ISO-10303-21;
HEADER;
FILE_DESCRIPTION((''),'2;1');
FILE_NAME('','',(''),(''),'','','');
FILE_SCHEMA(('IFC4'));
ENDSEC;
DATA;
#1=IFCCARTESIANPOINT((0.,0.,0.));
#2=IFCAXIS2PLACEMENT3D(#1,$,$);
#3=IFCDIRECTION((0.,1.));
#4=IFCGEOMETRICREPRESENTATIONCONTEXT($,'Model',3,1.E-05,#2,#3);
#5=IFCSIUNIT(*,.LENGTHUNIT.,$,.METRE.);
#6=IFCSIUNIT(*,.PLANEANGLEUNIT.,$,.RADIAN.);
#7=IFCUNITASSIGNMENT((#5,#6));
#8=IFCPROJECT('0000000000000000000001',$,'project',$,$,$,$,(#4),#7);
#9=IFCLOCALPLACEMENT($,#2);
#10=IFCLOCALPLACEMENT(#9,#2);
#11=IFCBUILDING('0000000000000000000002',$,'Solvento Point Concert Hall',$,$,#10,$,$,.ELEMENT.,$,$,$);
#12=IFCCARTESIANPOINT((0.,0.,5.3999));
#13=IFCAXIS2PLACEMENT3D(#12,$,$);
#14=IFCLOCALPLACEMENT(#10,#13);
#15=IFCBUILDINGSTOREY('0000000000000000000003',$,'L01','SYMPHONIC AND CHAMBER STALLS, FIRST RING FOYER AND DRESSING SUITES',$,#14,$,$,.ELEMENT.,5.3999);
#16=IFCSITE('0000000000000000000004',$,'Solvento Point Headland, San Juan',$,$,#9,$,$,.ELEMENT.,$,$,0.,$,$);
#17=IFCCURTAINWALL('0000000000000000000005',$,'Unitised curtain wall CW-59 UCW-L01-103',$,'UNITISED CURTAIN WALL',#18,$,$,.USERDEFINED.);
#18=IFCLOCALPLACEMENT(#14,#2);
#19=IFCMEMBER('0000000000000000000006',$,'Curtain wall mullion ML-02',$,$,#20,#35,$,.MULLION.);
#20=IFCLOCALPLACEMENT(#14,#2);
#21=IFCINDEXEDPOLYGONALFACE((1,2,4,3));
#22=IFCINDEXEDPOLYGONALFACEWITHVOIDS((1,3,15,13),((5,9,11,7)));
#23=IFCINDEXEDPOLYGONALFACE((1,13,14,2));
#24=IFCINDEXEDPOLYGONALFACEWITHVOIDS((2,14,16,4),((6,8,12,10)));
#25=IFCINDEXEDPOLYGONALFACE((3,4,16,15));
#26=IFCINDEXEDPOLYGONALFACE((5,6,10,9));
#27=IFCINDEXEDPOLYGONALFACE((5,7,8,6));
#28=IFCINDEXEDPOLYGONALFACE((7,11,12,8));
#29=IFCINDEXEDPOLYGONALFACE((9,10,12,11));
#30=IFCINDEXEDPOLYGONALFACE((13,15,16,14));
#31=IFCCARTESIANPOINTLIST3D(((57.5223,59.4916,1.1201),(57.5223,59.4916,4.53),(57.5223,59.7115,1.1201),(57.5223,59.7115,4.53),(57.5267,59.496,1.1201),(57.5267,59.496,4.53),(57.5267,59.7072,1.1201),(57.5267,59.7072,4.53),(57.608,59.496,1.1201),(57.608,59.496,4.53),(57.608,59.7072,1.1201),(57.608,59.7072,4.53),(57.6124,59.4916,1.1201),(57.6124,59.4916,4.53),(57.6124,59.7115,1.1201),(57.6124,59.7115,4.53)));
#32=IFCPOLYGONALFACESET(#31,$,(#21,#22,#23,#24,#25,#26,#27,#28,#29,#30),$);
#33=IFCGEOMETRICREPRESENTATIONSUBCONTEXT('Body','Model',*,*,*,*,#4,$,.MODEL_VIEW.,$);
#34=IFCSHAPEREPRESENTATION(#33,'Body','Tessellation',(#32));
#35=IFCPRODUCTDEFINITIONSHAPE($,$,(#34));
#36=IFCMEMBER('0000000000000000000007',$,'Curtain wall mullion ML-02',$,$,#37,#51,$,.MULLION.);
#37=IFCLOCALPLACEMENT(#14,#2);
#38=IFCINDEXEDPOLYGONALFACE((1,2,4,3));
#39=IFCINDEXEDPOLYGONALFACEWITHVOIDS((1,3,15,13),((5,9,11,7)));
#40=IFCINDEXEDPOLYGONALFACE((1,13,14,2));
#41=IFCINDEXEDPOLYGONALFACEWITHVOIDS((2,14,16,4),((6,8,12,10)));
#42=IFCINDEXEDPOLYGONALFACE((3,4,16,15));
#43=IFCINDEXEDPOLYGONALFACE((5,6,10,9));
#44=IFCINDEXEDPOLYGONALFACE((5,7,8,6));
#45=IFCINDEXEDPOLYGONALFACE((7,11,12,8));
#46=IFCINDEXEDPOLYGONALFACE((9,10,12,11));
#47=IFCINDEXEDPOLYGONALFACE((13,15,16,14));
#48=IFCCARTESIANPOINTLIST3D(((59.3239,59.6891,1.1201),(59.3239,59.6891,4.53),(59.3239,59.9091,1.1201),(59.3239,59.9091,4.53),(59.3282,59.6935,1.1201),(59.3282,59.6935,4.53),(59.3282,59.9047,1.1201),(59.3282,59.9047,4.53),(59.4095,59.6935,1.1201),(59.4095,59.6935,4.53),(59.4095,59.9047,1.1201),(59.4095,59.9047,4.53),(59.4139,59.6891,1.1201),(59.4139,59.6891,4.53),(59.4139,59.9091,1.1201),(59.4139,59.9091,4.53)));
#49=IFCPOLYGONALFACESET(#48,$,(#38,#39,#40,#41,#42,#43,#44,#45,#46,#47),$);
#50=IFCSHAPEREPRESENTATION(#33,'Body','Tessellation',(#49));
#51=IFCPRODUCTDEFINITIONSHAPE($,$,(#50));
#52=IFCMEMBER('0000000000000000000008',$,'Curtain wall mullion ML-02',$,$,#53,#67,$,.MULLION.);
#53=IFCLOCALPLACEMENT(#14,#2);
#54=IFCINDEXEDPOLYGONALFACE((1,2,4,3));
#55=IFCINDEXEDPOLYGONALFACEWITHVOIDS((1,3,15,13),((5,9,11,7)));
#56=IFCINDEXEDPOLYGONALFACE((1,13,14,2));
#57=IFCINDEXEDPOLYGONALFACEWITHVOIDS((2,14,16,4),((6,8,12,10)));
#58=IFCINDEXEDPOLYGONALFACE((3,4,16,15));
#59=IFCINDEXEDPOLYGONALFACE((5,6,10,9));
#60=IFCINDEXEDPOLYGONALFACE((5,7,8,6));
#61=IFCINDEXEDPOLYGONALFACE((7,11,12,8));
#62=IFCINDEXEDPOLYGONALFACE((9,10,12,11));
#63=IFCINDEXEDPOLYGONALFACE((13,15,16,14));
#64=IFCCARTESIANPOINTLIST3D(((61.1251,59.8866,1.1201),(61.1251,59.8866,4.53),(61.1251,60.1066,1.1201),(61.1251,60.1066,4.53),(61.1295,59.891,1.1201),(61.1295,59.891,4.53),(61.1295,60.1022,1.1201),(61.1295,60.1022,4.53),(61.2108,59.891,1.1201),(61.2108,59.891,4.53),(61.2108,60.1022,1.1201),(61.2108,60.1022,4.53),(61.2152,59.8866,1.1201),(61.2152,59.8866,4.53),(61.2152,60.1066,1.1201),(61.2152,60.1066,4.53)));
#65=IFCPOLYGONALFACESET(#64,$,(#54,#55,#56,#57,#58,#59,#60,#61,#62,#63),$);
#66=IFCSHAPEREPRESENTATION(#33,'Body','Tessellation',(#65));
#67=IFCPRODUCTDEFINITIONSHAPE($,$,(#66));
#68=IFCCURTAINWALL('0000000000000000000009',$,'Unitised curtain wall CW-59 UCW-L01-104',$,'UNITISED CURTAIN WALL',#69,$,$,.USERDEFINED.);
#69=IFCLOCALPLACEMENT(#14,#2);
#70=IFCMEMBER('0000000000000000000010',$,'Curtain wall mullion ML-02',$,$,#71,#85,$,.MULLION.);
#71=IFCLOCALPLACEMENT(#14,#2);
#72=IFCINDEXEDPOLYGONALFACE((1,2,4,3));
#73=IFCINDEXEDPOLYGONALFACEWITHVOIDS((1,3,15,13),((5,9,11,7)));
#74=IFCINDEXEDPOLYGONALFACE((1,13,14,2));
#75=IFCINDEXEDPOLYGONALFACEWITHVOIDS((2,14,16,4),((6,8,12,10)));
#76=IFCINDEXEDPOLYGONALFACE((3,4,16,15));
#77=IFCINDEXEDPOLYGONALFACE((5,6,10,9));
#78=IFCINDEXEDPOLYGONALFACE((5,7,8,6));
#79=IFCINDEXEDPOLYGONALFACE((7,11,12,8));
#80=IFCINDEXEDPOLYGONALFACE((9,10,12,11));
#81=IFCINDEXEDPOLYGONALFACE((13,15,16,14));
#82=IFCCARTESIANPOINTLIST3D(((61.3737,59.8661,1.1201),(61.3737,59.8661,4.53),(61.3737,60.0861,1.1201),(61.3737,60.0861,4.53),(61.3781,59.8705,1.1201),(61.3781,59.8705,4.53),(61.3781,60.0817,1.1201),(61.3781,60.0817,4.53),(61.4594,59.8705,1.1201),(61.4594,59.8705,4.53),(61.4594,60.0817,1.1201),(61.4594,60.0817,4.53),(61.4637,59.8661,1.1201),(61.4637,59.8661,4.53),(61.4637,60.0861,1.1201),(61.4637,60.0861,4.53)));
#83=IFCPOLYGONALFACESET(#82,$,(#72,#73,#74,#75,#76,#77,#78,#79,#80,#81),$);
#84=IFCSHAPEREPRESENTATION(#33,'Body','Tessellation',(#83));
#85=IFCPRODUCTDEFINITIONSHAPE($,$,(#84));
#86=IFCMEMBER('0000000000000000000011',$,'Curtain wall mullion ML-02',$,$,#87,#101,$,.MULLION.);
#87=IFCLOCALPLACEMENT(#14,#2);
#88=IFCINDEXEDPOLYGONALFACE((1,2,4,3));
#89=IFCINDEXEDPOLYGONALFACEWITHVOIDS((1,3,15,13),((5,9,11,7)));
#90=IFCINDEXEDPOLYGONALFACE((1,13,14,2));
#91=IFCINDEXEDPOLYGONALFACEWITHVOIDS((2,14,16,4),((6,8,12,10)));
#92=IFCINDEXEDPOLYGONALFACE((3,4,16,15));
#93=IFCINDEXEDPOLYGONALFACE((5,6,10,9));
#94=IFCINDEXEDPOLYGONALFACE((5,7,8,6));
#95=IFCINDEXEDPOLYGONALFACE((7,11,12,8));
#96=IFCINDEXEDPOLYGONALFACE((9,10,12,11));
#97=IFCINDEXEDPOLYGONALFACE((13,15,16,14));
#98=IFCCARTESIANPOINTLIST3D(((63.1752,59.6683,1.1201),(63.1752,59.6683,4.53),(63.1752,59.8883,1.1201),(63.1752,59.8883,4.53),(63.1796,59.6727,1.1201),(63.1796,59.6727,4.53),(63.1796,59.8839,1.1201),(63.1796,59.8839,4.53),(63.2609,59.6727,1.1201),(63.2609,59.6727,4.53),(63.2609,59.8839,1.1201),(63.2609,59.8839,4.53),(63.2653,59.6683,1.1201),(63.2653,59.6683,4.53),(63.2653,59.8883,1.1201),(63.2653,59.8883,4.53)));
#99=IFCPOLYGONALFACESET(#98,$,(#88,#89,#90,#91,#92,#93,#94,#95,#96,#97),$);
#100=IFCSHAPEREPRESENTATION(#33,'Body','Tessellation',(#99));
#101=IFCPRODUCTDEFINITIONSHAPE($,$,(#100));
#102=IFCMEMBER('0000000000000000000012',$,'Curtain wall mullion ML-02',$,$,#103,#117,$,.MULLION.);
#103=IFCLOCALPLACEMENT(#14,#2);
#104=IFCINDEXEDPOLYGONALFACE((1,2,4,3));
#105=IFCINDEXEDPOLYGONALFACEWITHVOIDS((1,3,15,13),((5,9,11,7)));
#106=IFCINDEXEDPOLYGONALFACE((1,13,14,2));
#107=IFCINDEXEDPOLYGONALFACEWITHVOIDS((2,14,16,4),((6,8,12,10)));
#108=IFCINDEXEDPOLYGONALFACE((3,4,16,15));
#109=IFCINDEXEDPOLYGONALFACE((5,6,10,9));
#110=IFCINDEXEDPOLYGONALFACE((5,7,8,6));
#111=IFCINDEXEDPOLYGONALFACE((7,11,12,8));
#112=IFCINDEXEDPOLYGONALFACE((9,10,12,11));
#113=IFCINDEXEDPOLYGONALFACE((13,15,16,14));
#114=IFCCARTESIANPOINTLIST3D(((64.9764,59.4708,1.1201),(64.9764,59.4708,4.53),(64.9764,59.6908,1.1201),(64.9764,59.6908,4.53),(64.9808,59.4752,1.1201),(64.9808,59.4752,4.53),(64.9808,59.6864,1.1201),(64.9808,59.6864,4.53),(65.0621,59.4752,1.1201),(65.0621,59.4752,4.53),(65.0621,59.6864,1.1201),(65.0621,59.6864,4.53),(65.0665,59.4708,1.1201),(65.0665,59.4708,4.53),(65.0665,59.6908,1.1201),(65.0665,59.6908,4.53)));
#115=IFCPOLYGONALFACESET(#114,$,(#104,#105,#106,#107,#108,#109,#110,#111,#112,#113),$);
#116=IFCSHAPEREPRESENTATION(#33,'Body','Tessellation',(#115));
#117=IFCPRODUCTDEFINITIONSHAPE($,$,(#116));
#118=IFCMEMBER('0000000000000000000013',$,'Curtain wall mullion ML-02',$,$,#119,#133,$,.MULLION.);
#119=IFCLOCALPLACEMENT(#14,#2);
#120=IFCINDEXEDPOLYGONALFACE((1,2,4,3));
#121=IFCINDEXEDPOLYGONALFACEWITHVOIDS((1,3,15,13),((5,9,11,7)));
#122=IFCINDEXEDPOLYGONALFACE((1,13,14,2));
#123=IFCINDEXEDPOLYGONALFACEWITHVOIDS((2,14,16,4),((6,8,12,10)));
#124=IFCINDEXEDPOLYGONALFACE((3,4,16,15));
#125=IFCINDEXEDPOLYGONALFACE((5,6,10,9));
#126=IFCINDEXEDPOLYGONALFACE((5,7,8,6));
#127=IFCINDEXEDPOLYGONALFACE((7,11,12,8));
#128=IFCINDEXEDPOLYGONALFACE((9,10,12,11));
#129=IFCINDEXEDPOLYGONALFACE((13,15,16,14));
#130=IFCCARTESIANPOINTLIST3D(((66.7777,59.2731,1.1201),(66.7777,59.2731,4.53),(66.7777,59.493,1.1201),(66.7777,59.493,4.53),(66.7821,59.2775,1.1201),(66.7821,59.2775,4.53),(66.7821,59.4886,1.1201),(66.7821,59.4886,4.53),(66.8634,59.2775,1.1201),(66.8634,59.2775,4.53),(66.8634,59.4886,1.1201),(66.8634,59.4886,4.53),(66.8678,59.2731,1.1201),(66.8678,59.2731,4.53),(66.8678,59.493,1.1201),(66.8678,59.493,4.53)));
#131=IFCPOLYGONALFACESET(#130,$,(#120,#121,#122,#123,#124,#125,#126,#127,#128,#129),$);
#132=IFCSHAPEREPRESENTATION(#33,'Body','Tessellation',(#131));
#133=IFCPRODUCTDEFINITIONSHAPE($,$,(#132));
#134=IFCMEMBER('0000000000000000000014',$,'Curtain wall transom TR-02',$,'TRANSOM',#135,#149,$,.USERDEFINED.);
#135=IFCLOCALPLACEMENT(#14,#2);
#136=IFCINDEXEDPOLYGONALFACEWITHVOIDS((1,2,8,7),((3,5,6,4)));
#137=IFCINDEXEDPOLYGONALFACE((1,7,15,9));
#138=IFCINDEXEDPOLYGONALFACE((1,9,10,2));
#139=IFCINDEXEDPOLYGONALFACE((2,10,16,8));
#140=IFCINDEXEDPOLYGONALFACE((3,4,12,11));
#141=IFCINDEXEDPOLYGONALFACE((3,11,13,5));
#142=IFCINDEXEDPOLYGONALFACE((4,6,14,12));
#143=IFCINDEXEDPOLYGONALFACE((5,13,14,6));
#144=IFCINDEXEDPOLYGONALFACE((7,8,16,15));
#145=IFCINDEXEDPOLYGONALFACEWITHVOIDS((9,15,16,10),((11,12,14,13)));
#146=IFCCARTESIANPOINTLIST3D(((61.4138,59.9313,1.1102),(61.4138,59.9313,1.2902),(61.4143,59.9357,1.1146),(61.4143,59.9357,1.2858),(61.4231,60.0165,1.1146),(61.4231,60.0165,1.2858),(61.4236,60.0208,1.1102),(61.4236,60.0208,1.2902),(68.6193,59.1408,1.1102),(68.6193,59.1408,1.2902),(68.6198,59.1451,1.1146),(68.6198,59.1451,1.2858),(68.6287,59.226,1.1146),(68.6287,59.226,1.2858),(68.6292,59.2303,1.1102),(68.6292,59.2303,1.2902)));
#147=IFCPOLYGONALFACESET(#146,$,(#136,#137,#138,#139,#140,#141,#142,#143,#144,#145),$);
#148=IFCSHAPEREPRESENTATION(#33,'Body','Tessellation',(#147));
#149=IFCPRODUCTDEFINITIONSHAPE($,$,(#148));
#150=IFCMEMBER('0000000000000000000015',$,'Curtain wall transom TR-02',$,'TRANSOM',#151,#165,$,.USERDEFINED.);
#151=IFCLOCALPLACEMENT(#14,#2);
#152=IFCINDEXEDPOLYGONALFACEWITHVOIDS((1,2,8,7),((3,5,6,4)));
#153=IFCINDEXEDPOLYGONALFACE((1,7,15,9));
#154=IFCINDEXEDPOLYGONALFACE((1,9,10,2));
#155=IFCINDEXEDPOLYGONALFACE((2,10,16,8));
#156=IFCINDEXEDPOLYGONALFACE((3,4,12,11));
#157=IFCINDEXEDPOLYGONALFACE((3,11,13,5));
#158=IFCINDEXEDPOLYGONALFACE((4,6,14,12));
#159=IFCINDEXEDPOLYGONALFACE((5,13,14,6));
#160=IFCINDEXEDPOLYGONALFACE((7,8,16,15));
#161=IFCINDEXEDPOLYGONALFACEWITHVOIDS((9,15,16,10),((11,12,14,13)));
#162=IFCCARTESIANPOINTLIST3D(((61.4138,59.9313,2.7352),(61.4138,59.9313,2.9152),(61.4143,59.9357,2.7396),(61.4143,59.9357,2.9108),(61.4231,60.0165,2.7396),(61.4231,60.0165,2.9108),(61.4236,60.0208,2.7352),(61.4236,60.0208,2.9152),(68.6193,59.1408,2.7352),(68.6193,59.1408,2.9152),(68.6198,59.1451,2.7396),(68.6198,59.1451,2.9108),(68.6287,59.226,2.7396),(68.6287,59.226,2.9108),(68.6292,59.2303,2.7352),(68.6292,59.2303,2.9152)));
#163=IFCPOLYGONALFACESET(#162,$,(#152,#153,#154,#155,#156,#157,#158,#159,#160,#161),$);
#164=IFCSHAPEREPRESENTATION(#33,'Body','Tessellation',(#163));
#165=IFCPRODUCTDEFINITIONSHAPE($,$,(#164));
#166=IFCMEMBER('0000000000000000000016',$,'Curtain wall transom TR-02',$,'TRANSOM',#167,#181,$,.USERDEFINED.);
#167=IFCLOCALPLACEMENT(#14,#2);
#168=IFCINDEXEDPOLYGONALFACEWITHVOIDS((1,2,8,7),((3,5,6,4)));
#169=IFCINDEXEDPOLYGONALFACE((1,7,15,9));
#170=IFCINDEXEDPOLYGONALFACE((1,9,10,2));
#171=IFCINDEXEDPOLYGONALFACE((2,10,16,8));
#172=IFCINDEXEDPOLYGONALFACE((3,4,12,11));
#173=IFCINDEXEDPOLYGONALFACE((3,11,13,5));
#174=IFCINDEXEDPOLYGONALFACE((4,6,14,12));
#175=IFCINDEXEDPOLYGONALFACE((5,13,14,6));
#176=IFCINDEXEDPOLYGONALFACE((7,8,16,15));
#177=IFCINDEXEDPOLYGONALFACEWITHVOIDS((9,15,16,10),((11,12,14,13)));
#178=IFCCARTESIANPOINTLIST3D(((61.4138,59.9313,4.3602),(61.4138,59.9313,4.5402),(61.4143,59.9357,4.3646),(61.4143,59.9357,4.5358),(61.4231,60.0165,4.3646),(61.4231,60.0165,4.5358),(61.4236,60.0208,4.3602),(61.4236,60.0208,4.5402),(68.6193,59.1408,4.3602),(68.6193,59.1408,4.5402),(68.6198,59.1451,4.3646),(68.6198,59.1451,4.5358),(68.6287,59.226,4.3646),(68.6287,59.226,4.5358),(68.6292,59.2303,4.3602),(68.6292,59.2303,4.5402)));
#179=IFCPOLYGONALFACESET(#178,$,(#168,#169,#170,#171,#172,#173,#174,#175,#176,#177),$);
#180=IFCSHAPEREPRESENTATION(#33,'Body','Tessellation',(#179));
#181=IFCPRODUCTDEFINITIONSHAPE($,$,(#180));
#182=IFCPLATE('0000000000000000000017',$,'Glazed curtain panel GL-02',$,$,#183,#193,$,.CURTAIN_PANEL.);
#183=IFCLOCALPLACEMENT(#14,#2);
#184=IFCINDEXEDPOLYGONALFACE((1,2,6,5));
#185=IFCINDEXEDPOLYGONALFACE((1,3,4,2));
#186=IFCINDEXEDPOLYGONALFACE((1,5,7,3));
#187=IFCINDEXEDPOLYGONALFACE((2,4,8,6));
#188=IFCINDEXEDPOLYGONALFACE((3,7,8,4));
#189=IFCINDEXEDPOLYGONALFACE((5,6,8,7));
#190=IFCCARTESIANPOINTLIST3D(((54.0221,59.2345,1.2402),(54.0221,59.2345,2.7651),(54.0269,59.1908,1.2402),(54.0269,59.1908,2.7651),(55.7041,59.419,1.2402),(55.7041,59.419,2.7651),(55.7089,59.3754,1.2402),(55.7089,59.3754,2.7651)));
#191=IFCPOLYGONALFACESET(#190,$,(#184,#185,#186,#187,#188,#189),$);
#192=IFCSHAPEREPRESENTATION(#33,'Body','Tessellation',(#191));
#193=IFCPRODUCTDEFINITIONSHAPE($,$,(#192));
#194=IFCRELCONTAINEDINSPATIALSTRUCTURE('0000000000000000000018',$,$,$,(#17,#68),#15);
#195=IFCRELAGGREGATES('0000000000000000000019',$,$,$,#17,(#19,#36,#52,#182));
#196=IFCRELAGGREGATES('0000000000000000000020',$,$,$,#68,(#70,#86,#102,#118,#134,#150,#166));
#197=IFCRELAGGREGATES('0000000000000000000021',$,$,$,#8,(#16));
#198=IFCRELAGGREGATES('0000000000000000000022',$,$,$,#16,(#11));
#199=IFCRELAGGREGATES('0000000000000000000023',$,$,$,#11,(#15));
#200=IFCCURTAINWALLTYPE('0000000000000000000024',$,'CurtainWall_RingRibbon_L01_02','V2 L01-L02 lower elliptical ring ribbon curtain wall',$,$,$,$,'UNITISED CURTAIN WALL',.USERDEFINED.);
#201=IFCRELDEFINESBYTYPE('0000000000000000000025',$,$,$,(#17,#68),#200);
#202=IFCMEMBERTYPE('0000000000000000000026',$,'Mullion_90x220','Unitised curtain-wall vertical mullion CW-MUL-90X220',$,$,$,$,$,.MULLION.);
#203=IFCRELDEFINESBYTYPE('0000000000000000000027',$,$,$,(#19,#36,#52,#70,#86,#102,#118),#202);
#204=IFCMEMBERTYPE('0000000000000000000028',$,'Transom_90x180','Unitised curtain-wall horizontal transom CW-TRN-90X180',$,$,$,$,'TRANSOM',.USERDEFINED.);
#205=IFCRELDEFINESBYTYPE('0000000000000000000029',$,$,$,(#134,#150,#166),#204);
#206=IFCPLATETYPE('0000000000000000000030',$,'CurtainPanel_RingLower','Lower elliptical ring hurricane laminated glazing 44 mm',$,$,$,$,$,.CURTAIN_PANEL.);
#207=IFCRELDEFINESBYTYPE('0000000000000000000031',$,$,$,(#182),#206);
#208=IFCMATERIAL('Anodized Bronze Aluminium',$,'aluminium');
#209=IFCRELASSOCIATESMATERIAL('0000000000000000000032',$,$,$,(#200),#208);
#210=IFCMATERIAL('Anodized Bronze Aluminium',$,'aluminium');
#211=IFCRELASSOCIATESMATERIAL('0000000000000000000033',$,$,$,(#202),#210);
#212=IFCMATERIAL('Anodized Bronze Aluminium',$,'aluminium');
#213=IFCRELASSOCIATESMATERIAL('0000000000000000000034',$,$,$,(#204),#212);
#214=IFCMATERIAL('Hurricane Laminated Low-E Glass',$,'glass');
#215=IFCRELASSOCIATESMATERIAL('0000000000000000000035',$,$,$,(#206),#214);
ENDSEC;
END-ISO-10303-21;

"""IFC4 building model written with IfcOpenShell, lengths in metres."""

from ifc_helpers import new_model, si_unit, direction, frame, origin, origin_2d, place, context, subcontext, project, spatial, rectangle, hollow_rectangle, extrude, material, material_profile, profile_set, type_object, element, aggregate, save


model = new_model("IFC4")

# Units and contexts
model_context = context("Model", 3, precision=1e-05, world=origin(), true_north=direction((0.0, 1.0)))
body_context = subcontext(model_context, "Body", "Model", "MODEL_VIEW")
ifc_project = project(units=[si_unit("LENGTHUNIT", "METRE"), si_unit("PLANEANGLEUNIT", "RADIAN")], contexts=[model_context])

# Site, building, storey
site_placement = place(None, origin())
site = spatial("IfcSite", under=ifc_project, at=site_placement, Name="Solvento Point Headland, San Juan", CompositionType="ELEMENT", RefElevation=0.0)
building_placement = place(site_placement, origin())
building = spatial("IfcBuilding", under=site, at=building_placement, Name="Solvento Point Concert Hall", CompositionType="ELEMENT")
storey_placement = place(building_placement, frame((0.0, 0.0, 5.3999)))
storey = spatial("IfcBuildingStorey", under=building, at=storey_placement, Name="L01", Description="SYMPHONIC AND CHAMBER STALLS, FIRST RING FOYER AND DRESSING SUITES", CompositionType="ELEMENT", Elevation=5.3999)

# Curtain walls, members
ifc_material_1 = material(Name="Anodized Bronze Aluminium", Category="aluminium")
curtain_wall_type = type_object("IfcCurtainWallType", Name="CurtainWall_RingRibbon_L01_02", Description="V2 L01-L02 lower elliptical ring ribbon curtain wall", ElementType="UNITISED CURTAIN WALL", PredefinedType="USERDEFINED", material=ifc_material_1)
curtain_wall_1_placement = place(storey_placement, origin())
curtain_wall_1 = element("IfcCurtainWall", 1, at=curtain_wall_1_placement, inside=storey, type_object=curtain_wall_type, Name="Unitised curtain wall CW-59 UCW-L01-103", ObjectType="UNITISED CURTAIN WALL", PredefinedType="USERDEFINED")
ifc_material_2 = material(Name="Anodized Bronze Aluminium", Category="aluminium")
ifc_material_profile_1 = material_profile(ifc_material_2, hollow_rectangle(XDim=0.0901, YDim=0.22, WallThickness=0.0044, at=origin_2d()), Name="CW-MUL-90X220")
ifc_profile_set_1 = profile_set([ifc_material_profile_1], Name="Anodized Bronze Aluminium")
member_type_1 = type_object("IfcMemberType", Name="Mullion_90x220", Description="Unitised curtain-wall vertical mullion CW-MUL-90X220", PredefinedType="MULLION", material=ifc_profile_set_1)
member_1_placement = place(storey_placement, frame((57.5674, 59.6016, 1.1201), z_axis=(0.0, 0.0, 1.0), x_axis=(1.0, 0.0, 0.0)))
member_1 = element("IfcMember", 2, at=member_1_placement, type_object=member_type_1, Name="Curtain wall mullion ML-02", PredefinedType="MULLION", context=body_context, shape_type="SweptSolid", body=[
    extrude(hollow_rectangle(XDim=0.0901, YDim=0.22, WallThickness=0.0044, at=origin_2d()), origin(), (0.0, 0.0, 1.0), 3.4099),
])
member_2_placement = place(storey_placement, frame((59.3689, 59.7991, 1.1201), z_axis=(0.0, 0.0, 1.0), x_axis=(1.0, 0.0, 0.0)))
member_2 = element("IfcMember", 3, at=member_2_placement, type_object=member_type_1, Name="Curtain wall mullion ML-02", PredefinedType="MULLION", context=body_context, shape_type="SweptSolid", body=[
    extrude(hollow_rectangle(XDim=0.0901, YDim=0.22, WallThickness=0.0044, at=origin_2d()), origin(), (0.0, 0.0, 1.0), 3.4099),
])
member_3_placement = place(storey_placement, frame((61.1702, 59.9966, 1.1201), z_axis=(0.0, 0.0, 1.0), x_axis=(1.0, 0.0, 0.0)))
member_3 = element("IfcMember", 4, at=member_3_placement, type_object=member_type_1, Name="Curtain wall mullion ML-02", PredefinedType="MULLION", context=body_context, shape_type="SweptSolid", body=[
    extrude(hollow_rectangle(XDim=0.0901, YDim=0.22, WallThickness=0.0044, at=origin_2d()), origin(), (0.0, 0.0, 1.0), 3.4099),
])
curtain_wall_2_placement = place(storey_placement, origin())
curtain_wall_2 = element("IfcCurtainWall", 5, at=curtain_wall_2_placement, inside=storey, type_object=curtain_wall_type, Name="Unitised curtain wall CW-59 UCW-L01-104", ObjectType="UNITISED CURTAIN WALL", PredefinedType="USERDEFINED")
member_4_placement = place(storey_placement, frame((61.4187, 59.9761, 1.1201), z_axis=(0.0, 0.0, 1.0), x_axis=(1.0, 0.0, 0.0)))
member_4 = element("IfcMember", 6, at=member_4_placement, type_object=member_type_1, Name="Curtain wall mullion ML-02", PredefinedType="MULLION", context=body_context, shape_type="SweptSolid", body=[
    extrude(hollow_rectangle(XDim=0.0901, YDim=0.22, WallThickness=0.0044, at=origin_2d()), origin(), (0.0, 0.0, 1.0), 3.4099),
])
member_5_placement = place(storey_placement, frame((63.2202, 59.7783, 1.1201), z_axis=(0.0, 0.0, 1.0), x_axis=(1.0, 0.0, 0.0)))
member_5 = element("IfcMember", 7, at=member_5_placement, type_object=member_type_1, Name="Curtain wall mullion ML-02", PredefinedType="MULLION", context=body_context, shape_type="SweptSolid", body=[
    extrude(hollow_rectangle(XDim=0.0901, YDim=0.22, WallThickness=0.0044, at=origin_2d()), origin(), (0.0, 0.0, 1.0), 3.4099),
])
member_6_placement = place(storey_placement, frame((65.0215, 59.5808, 1.1201), z_axis=(0.0, 0.0, 1.0), x_axis=(1.0, 0.0, 0.0)))
member_6 = element("IfcMember", 8, at=member_6_placement, type_object=member_type_1, Name="Curtain wall mullion ML-02", PredefinedType="MULLION", context=body_context, shape_type="SweptSolid", body=[
    extrude(hollow_rectangle(XDim=0.0901, YDim=0.22, WallThickness=0.0044, at=origin_2d()), origin(), (0.0, 0.0, 1.0), 3.4099),
])
member_7_placement = place(storey_placement, frame((66.8228, 59.3831, 1.1201), z_axis=(0.0, 0.0, 1.0), x_axis=(1.0, 0.0, 0.0)))
member_7 = element("IfcMember", 9, at=member_7_placement, type_object=member_type_1, Name="Curtain wall mullion ML-02", PredefinedType="MULLION", context=body_context, shape_type="SweptSolid", body=[
    extrude(hollow_rectangle(XDim=0.0901, YDim=0.22, WallThickness=0.0044, at=origin_2d()), origin(), (0.0, 0.0, 1.0), 3.4099),
])
ifc_material_3 = material(Name="Anodized Bronze Aluminium", Category="aluminium")
ifc_material_profile_2 = material_profile(ifc_material_3, hollow_rectangle(XDim=0.0901, YDim=0.1799, WallThickness=0.0044, at=origin_2d()), Name="CW-TRN-90X180")
ifc_profile_set_2 = profile_set([ifc_material_profile_2], Name="Anodized Bronze Aluminium")
member_type_2 = type_object("IfcMemberType", Name="Transom_90x180", Description="Unitised curtain-wall horizontal transom CW-TRN-90X180", ElementType="TRANSOM", PredefinedType="USERDEFINED", material=ifc_profile_set_2)
member_8_placement = place(storey_placement, frame((61.4187, 59.9761, 1.2002), z_axis=(0.994036, -0.109056, 0.0), x_axis=(0.109056, 0.994036, 0.0)))
member_8 = element("IfcMember", 10, at=member_8_placement, type_object=member_type_2, Name="Curtain wall transom TR-02", ObjectType="TRANSOM", PredefinedType="USERDEFINED", context=body_context, shape_type="SweptSolid", body=[
    extrude(hollow_rectangle(XDim=0.0901, YDim=0.1799, WallThickness=0.0044, at=origin_2d()), origin(), (0.0, 0.0, 1.0), 7.2488),
])
member_9_placement = place(storey_placement, frame((61.4187, 59.9761, 2.8252), z_axis=(0.994036, -0.109056, 0.0), x_axis=(0.109056, 0.994036, 0.0)))
member_9 = element("IfcMember", 11, at=member_9_placement, type_object=member_type_2, Name="Curtain wall transom TR-02", ObjectType="TRANSOM", PredefinedType="USERDEFINED", context=body_context, shape_type="SweptSolid", body=[
    extrude(hollow_rectangle(XDim=0.0901, YDim=0.1799, WallThickness=0.0044, at=origin_2d()), origin(), (0.0, 0.0, 1.0), 7.2488),
])
member_10_placement = place(storey_placement, frame((61.4187, 59.9761, 4.4502), z_axis=(0.994036, -0.109056, 0.0), x_axis=(0.109056, 0.994036, 0.0)))
member_10 = element("IfcMember", 12, at=member_10_placement, type_object=member_type_2, Name="Curtain wall transom TR-02", ObjectType="TRANSOM", PredefinedType="USERDEFINED", context=body_context, shape_type="SweptSolid", body=[
    extrude(hollow_rectangle(XDim=0.0901, YDim=0.1799, WallThickness=0.0044, at=origin_2d()), origin(), (0.0, 0.0, 1.0), 7.2488),
])

# Plate
ifc_material_4 = material(Name="Hurricane Laminated Low-E Glass", Category="glass")
plate_type = type_object("IfcPlateType", Name="CurtainPanel_RingLower", Description="Lower elliptical ring hurricane laminated glazing 44 mm", PredefinedType="CURTAIN_PANEL", material=ifc_material_4)
plate_1_placement = place(storey_placement, frame((54.8655, 59.3049, 1.2402), z_axis=(0.0, 0.0, 1.0), x_axis=(0.994035, 0.109058, 0.0)))
plate_1 = element("IfcPlate", 13, at=plate_1_placement, type_object=plate_type, Name="Glazed curtain panel GL-02", PredefinedType="CURTAIN_PANEL", context=body_context, shape_type="SweptSolid", body=[
    extrude(rectangle(XDim=1.6921, YDim=0.0439, at=origin_2d()), origin(), (0.0, 0.0, 1.0), 1.5249),
])
aggregate(curtain_wall_1, [member_1, member_2, member_3, plate_1])
aggregate(curtain_wall_2, [member_4, member_5, member_6, member_7, member_8, member_9, member_10])

save(model, "model.ifc")
